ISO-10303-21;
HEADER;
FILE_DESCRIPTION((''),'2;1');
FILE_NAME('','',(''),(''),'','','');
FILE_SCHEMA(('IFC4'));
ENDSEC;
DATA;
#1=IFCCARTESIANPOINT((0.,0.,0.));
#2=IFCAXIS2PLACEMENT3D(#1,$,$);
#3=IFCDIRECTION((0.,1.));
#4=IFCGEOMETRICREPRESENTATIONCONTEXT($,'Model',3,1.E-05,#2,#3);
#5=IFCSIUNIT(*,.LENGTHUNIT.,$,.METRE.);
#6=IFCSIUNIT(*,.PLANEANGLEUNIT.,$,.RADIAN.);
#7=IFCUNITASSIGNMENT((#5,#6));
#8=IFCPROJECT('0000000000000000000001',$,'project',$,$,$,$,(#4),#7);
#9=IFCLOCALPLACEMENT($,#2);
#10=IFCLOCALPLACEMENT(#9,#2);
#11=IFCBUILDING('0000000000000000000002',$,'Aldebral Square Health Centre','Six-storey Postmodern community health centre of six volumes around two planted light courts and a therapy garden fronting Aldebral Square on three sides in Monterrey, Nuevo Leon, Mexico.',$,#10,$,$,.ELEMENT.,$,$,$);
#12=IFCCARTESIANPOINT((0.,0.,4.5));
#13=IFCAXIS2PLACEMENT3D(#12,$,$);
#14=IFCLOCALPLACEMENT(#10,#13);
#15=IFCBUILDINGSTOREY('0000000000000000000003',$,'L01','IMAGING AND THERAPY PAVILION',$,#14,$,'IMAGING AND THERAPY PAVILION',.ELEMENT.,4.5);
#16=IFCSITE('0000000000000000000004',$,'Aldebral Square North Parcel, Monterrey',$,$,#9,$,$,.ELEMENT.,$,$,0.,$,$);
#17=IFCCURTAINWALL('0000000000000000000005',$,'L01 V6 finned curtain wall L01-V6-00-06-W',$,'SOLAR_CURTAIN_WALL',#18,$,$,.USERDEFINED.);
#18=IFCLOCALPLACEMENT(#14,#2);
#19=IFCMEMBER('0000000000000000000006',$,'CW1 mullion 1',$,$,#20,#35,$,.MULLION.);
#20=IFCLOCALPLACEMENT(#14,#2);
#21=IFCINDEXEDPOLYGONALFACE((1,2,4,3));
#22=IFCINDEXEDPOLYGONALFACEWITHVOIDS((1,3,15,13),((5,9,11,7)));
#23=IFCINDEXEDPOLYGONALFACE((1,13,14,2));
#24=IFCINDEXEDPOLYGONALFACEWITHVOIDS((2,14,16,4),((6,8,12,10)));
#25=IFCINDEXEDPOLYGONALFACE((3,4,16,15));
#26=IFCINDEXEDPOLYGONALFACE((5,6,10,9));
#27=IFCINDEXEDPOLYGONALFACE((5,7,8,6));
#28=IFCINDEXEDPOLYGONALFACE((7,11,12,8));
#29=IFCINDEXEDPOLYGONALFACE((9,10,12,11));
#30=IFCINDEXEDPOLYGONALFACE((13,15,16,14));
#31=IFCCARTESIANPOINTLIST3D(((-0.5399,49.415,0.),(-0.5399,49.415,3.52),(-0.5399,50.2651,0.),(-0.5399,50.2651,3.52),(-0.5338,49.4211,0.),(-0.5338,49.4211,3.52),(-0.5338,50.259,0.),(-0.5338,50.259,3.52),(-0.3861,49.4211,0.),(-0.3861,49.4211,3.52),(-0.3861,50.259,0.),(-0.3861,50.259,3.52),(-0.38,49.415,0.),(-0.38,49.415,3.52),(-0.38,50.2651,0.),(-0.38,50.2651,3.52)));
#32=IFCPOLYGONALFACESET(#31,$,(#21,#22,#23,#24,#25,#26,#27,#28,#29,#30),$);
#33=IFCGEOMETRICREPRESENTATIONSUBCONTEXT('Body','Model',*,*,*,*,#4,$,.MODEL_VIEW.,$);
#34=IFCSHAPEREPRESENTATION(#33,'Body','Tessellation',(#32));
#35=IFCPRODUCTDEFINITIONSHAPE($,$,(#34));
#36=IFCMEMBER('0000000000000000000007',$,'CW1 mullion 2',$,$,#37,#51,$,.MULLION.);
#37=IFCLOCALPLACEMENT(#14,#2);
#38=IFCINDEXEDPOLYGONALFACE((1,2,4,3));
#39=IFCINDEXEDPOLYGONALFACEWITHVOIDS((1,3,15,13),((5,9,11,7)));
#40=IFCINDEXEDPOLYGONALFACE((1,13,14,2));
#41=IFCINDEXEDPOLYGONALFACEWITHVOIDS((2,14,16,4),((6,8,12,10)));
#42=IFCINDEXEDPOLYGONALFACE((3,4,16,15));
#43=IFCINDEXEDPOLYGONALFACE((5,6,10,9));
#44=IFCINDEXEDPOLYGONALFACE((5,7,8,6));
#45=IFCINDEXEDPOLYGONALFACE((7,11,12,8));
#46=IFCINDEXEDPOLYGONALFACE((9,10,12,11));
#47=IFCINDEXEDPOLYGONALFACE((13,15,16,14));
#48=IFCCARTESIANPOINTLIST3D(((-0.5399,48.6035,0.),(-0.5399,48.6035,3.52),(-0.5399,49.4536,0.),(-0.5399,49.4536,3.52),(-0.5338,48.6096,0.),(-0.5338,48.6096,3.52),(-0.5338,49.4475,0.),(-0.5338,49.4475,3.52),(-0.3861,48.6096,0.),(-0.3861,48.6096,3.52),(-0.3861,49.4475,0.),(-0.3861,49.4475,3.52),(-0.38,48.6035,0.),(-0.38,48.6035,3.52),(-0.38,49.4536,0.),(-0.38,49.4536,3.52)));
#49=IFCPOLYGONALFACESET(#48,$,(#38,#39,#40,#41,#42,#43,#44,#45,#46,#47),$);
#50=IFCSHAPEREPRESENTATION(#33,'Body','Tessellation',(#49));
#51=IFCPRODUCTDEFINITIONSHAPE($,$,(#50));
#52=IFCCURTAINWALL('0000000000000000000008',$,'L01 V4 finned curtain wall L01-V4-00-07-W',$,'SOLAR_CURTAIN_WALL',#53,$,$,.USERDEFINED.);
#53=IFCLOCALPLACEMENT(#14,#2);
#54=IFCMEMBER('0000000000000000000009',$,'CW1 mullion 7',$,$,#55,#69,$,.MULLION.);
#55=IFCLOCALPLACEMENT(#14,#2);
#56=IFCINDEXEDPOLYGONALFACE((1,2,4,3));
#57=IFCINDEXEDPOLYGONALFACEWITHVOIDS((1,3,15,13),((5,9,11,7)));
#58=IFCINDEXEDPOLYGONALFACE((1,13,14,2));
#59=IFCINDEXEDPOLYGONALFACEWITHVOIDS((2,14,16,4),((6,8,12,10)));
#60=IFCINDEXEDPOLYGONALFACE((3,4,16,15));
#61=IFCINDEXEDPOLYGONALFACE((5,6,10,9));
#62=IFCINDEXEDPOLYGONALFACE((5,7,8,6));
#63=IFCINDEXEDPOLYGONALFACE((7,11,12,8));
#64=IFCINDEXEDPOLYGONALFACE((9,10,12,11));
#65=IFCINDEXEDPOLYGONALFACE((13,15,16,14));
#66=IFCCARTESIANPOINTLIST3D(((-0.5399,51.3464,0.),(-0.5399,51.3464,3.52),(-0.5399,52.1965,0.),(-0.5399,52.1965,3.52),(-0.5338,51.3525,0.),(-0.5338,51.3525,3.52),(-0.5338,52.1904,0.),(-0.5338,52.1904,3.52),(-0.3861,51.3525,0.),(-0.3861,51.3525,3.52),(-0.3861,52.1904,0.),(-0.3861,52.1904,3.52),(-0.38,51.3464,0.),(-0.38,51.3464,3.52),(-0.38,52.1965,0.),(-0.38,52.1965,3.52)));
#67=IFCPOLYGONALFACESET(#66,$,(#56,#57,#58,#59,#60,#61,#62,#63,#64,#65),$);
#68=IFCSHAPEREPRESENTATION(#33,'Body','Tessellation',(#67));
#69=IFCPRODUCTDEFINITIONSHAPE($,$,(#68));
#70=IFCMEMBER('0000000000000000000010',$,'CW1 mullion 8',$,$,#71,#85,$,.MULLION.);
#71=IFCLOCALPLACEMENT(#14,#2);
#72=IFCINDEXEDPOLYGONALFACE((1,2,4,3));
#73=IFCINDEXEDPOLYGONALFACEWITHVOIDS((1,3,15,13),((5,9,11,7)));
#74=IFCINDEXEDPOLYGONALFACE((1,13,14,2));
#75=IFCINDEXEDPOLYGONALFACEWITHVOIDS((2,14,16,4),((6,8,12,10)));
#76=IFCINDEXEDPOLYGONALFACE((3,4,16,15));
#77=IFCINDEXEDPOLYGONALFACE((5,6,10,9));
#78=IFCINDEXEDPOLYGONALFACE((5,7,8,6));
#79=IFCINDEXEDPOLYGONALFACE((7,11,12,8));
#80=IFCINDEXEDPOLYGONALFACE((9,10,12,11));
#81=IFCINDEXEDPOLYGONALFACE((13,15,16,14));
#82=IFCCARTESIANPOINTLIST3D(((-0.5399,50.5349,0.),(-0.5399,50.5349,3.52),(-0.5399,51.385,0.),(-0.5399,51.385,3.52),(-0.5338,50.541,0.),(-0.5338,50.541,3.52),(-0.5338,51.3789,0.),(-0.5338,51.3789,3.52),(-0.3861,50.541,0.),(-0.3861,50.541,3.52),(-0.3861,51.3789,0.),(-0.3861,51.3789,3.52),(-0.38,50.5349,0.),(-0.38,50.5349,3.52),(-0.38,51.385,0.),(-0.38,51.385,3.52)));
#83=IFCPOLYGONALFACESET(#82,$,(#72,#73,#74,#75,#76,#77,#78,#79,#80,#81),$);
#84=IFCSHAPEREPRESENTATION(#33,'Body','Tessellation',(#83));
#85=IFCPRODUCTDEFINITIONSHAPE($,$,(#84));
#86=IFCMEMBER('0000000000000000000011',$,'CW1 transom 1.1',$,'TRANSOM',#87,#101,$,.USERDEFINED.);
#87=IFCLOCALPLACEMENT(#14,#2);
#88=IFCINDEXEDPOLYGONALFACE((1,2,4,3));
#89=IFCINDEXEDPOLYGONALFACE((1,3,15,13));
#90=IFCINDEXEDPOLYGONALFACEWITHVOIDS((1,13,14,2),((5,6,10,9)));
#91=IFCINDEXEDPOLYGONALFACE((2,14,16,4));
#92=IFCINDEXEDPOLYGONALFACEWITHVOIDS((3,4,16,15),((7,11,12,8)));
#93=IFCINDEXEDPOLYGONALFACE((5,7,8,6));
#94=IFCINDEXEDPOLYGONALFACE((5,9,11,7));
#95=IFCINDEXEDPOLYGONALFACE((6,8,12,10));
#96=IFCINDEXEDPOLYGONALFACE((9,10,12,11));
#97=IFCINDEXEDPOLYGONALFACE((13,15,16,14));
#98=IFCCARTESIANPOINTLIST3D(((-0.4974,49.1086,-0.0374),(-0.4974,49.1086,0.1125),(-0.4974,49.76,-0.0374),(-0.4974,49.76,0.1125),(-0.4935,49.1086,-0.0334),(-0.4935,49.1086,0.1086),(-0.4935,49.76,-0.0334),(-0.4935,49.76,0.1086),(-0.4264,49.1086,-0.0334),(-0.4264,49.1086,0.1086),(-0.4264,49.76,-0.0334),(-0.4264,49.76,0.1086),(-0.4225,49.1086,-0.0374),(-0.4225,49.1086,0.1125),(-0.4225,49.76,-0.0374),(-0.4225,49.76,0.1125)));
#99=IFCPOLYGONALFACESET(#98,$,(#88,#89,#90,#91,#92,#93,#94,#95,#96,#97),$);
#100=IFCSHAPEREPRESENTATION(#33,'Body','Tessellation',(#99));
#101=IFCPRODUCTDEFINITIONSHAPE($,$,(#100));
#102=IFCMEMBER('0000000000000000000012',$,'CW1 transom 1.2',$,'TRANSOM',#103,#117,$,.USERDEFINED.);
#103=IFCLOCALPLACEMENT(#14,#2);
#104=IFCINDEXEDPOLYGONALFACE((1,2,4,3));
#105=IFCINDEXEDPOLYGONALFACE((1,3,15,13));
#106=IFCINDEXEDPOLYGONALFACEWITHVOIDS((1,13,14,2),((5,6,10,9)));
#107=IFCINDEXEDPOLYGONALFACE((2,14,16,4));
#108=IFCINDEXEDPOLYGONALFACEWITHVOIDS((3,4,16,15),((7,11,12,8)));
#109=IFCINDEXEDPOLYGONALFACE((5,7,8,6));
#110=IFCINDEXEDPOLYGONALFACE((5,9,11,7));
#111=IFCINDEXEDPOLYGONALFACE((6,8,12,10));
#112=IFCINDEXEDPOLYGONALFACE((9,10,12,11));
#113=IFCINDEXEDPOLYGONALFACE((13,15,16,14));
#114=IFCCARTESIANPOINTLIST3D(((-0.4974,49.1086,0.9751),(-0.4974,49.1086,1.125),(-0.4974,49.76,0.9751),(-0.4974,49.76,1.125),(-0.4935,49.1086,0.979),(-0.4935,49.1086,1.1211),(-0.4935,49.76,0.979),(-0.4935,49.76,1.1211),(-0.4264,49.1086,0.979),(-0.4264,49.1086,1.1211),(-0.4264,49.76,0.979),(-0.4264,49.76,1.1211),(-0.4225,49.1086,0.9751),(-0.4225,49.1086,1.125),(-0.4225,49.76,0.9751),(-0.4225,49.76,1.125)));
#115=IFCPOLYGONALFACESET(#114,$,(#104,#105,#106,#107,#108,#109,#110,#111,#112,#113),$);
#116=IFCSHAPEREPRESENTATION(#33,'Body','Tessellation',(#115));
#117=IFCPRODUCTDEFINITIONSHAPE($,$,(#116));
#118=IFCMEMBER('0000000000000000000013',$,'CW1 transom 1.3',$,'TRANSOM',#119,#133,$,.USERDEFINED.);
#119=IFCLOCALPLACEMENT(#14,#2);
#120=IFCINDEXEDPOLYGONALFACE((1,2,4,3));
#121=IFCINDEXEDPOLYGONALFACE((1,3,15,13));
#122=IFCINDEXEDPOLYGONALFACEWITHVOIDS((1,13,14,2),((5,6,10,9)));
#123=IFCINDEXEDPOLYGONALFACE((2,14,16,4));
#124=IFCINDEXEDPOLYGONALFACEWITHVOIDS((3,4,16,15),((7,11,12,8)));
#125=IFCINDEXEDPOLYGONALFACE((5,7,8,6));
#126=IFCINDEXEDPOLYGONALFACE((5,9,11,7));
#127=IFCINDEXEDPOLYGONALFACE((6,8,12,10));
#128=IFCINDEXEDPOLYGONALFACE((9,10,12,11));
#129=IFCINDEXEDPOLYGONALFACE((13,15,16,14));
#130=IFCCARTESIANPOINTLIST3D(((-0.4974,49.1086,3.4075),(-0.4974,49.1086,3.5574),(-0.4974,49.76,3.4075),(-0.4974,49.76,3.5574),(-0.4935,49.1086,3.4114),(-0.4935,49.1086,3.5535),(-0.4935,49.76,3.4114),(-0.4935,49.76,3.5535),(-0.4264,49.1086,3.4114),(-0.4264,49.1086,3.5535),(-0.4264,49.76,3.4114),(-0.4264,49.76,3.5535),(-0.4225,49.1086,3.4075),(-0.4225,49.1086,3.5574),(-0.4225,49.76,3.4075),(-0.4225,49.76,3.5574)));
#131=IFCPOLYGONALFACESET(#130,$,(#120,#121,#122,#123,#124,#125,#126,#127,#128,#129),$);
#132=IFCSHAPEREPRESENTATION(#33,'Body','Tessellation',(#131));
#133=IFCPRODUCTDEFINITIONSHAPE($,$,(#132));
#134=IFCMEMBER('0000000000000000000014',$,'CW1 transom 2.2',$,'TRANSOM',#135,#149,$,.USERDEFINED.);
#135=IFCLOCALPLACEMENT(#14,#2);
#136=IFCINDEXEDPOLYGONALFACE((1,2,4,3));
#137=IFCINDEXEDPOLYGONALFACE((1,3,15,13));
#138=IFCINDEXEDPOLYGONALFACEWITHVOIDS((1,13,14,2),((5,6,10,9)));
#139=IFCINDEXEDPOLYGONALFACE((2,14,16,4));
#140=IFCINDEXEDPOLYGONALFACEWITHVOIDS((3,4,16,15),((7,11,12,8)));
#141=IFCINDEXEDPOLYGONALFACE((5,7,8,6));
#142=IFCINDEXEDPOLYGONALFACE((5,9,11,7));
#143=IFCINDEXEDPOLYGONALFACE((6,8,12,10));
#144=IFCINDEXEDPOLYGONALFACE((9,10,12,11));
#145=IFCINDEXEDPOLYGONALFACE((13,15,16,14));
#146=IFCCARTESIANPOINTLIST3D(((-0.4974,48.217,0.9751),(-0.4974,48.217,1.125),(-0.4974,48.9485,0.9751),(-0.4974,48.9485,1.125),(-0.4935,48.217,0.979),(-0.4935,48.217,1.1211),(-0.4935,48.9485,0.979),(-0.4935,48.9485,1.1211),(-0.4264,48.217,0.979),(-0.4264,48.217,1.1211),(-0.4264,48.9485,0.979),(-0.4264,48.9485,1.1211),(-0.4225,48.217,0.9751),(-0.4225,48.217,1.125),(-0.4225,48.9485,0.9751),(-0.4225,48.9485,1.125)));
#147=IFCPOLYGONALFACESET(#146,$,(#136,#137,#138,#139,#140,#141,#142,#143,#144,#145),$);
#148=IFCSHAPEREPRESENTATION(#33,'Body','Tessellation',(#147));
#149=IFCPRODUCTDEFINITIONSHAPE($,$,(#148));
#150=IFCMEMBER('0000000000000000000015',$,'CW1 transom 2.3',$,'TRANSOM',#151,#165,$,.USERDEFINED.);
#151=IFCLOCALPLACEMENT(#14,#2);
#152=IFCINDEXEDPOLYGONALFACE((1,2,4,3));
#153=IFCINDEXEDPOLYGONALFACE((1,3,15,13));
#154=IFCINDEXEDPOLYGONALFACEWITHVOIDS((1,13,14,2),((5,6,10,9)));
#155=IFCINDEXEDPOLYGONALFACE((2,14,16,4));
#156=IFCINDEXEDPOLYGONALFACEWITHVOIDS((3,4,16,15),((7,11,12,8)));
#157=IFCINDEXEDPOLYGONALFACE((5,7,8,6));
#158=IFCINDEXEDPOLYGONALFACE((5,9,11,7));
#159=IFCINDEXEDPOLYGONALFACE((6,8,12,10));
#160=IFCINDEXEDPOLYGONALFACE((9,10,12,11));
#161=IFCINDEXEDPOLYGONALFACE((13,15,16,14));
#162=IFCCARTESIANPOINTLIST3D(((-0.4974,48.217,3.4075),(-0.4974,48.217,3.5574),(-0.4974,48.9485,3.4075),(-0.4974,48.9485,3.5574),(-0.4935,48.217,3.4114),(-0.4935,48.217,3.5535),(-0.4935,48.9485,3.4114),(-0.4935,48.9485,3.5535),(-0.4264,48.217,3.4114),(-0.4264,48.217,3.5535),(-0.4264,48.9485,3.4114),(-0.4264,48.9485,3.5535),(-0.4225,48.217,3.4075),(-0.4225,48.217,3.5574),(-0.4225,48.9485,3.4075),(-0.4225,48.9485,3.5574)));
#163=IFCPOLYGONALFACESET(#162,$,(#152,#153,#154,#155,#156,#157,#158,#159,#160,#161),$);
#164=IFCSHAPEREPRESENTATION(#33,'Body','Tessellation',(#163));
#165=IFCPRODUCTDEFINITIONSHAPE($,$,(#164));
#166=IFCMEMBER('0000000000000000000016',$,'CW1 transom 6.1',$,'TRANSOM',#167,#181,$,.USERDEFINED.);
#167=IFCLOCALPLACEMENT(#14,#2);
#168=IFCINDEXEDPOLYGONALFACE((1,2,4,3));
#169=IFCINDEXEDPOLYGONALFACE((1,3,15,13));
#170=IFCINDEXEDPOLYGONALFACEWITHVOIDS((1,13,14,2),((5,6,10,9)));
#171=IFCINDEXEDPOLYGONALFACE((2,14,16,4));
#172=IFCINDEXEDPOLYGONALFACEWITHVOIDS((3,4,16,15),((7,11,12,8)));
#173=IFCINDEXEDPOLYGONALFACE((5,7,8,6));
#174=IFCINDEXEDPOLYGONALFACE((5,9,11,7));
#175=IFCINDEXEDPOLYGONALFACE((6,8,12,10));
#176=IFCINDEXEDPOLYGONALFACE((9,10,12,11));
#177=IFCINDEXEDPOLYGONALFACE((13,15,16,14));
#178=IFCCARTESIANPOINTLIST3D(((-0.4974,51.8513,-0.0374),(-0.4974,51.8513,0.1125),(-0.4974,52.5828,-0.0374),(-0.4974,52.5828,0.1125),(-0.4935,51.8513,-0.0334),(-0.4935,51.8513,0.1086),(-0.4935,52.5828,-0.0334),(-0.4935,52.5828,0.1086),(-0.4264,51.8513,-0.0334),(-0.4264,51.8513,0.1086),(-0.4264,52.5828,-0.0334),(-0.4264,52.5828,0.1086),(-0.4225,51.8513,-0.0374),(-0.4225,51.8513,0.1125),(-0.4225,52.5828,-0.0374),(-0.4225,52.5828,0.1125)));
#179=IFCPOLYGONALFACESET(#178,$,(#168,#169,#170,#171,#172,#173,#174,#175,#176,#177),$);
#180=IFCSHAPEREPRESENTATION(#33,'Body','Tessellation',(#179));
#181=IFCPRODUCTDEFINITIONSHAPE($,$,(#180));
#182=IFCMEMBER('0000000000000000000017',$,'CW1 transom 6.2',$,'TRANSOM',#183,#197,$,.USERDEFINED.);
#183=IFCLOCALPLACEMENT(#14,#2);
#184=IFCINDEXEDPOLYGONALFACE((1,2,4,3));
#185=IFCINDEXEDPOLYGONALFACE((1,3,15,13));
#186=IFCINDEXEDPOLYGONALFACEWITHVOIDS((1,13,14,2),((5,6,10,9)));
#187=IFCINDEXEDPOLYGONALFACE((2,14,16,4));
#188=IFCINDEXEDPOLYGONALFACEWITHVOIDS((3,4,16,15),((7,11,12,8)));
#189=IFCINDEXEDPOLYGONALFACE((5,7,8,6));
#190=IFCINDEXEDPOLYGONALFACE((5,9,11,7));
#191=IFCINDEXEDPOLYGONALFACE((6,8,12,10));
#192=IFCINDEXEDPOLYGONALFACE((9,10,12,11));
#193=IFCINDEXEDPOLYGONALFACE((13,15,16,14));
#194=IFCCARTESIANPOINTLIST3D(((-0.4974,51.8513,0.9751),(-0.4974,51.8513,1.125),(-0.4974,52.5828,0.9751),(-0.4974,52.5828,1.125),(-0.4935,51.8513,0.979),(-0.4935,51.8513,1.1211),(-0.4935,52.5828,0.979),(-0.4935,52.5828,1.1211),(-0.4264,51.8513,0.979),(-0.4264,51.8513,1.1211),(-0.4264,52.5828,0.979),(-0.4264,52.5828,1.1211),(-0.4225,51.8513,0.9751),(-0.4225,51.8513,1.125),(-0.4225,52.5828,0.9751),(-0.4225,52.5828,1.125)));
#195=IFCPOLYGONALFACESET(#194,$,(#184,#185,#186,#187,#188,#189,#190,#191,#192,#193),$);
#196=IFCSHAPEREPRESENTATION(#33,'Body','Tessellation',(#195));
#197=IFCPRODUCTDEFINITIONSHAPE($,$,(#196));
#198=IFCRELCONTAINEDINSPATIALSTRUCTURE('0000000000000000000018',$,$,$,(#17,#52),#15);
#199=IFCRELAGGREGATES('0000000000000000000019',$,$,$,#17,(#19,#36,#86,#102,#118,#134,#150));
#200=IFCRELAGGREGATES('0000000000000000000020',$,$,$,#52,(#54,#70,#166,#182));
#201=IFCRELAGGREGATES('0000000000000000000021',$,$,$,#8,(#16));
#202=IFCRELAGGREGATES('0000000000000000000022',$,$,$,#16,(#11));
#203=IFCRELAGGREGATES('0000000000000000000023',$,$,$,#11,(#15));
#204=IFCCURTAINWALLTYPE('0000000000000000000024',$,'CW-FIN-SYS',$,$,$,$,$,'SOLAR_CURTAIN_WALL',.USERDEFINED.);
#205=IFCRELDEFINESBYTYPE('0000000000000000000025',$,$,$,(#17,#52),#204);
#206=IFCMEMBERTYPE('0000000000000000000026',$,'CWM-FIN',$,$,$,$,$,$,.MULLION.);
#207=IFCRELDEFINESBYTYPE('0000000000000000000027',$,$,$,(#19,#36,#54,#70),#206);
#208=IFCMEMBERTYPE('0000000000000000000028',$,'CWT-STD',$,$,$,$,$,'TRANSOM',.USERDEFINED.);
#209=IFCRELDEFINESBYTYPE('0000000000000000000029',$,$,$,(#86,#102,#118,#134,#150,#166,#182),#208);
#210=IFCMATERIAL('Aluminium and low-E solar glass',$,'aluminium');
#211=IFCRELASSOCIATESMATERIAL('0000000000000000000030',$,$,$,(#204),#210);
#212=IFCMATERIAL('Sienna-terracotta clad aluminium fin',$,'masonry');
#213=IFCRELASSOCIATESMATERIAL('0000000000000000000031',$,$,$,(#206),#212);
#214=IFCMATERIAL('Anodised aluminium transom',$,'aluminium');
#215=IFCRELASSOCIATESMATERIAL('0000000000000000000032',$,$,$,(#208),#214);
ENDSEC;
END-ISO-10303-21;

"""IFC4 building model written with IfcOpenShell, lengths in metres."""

from ifc_helpers import new_model, si_unit, direction, frame, origin, origin_2d, place, context, subcontext, project, spatial, hollow_rectangle, extrude, material, material_profile, profile_set, type_object, element, aggregate, save


model = new_model("IFC4")

# Units and contexts
model_context = context("Model", 3, precision=1e-05, world=origin(), true_north=direction((0.0, 1.0)))
body_context = subcontext(model_context, "Body", "Model", "MODEL_VIEW")
ifc_project = project(units=[si_unit("LENGTHUNIT", "METRE"), si_unit("PLANEANGLEUNIT", "RADIAN")], contexts=[model_context])

# Site, building, storey
site_placement = place(None, origin())
site = spatial("IfcSite", under=ifc_project, at=site_placement, Name="Aldebral Square North Parcel, Monterrey", CompositionType="ELEMENT", RefElevation=0.0)
building_placement = place(site_placement, origin())
building = spatial("IfcBuilding", under=site, at=building_placement, Name="Aldebral Square Health Centre", Description="Six-storey Postmodern community health centre of six volumes around two planted light courts and a therapy garden fronting Aldebral Square on three sides in Monterrey, Nuevo Leon, Mexico.", CompositionType="ELEMENT")
storey_placement = place(building_placement, frame((0.0, 0.0, 4.5)))
storey = spatial("IfcBuildingStorey", under=building, at=storey_placement, Name="L01", Description="IMAGING AND THERAPY PAVILION", LongName="IMAGING AND THERAPY PAVILION", CompositionType="ELEMENT", Elevation=4.5)

# Curtain walls, members
ifc_material_1 = material(Name="Aluminium and low-E solar glass", Category="aluminium")
curtain_wall_type = type_object("IfcCurtainWallType", Name="CW-FIN-SYS", ElementType="SOLAR_CURTAIN_WALL", PredefinedType="USERDEFINED", material=ifc_material_1)
curtain_wall_1_placement = place(storey_placement, origin())
curtain_wall_1 = element("IfcCurtainWall", 1, at=curtain_wall_1_placement, inside=storey, type_object=curtain_wall_type, Name="L01 V6 finned curtain wall L01-V6-00-06-W", ObjectType="SOLAR_CURTAIN_WALL", PredefinedType="USERDEFINED")
ifc_material_2 = material(Name="Sienna-terracotta clad aluminium fin", Category="masonry")
ifc_material_profile_1 = material_profile(ifc_material_2, hollow_rectangle(XDim=0.1599, YDim=0.8501, WallThickness=0.0061, at=origin_2d()), Name="FIN 160x850x6")
ifc_profile_set_1 = profile_set([ifc_material_profile_1], Name="Sienna-terracotta clad aluminium fin")
member_type_1 = type_object("IfcMemberType", Name="CWM-FIN", PredefinedType="MULLION", material=ifc_profile_set_1)
member_1_placement = place(storey_placement, frame((-0.46, 49.8401, 0.0), z_axis=(0.0, 0.0, 1.0), x_axis=(1.0, 0.0, 0.0)))
member_1 = element("IfcMember", 2, at=member_1_placement, type_object=member_type_1, Name="CW1 mullion 1", PredefinedType="MULLION", context=body_context, shape_type="SweptSolid", body=[
    extrude(hollow_rectangle(XDim=0.1599, YDim=0.8501, WallThickness=0.0061, at=origin_2d()), origin(), (0.0, 0.0, 1.0), 3.52),
])
member_2_placement = place(storey_placement, frame((-0.46, 49.0286, 0.0), z_axis=(0.0, 0.0, 1.0), x_axis=(1.0, 0.0, 0.0)))
member_2 = element("IfcMember", 3, at=member_2_placement, type_object=member_type_1, Name="CW1 mullion 2", PredefinedType="MULLION", context=body_context, shape_type="SweptSolid", body=[
    extrude(hollow_rectangle(XDim=0.1599, YDim=0.8501, WallThickness=0.0061, at=origin_2d()), origin(), (0.0, 0.0, 1.0), 3.52),
])
curtain_wall_2_placement = place(storey_placement, origin())
curtain_wall_2 = element("IfcCurtainWall", 4, at=curtain_wall_2_placement, inside=storey, type_object=curtain_wall_type, Name="L01 V4 finned curtain wall L01-V4-00-07-W", ObjectType="SOLAR_CURTAIN_WALL", PredefinedType="USERDEFINED")
member_3_placement = place(storey_placement, frame((-0.46, 51.7715, 0.0), z_axis=(0.0, 0.0, 1.0), x_axis=(1.0, 0.0, 0.0)))
member_3 = element("IfcMember", 5, at=member_3_placement, type_object=member_type_1, Name="CW1 mullion 7", PredefinedType="MULLION", context=body_context, shape_type="SweptSolid", body=[
    extrude(hollow_rectangle(XDim=0.1599, YDim=0.8501, WallThickness=0.0061, at=origin_2d()), origin(), (0.0, 0.0, 1.0), 3.52),
])
member_4_placement = place(storey_placement, frame((-0.46, 50.96, 0.0), z_axis=(0.0, 0.0, 1.0), x_axis=(1.0, 0.0, 0.0)))
member_4 = element("IfcMember", 6, at=member_4_placement, type_object=member_type_1, Name="CW1 mullion 8", PredefinedType="MULLION", context=body_context, shape_type="SweptSolid", body=[
    extrude(hollow_rectangle(XDim=0.1599, YDim=0.8501, WallThickness=0.0061, at=origin_2d()), origin(), (0.0, 0.0, 1.0), 3.52),
])

# Members
ifc_material_3 = material(Name="Anodised aluminium transom", Category="aluminium")
ifc_material_profile_2 = material_profile(ifc_material_3, hollow_rectangle(XDim=0.075, YDim=0.1499, WallThickness=0.0039, at=origin_2d()), Name="CWT 75x150x4")
ifc_profile_set_2 = profile_set([ifc_material_profile_2], Name="Anodised aluminium transom")
member_type_2 = type_object("IfcMemberType", Name="CWT-STD", ElementType="TRANSOM", PredefinedType="USERDEFINED", material=ifc_profile_set_2)
member_5_placement = place(storey_placement, frame((-0.46, 49.76, 0.0376), z_axis=(0.0, -1.0, 0.0), x_axis=(1.0, 0.0, 0.0)))
member_5 = element("IfcMember", 7, at=member_5_placement, type_object=member_type_2, Name="CW1 transom 1.1", ObjectType="TRANSOM", PredefinedType="USERDEFINED", context=body_context, shape_type="SweptSolid", body=[
    extrude(hollow_rectangle(XDim=0.075, YDim=0.1499, WallThickness=0.0039, at=origin_2d()), origin(), (0.0, 0.0, 1.0), 0.6514),
])
member_6_placement = place(storey_placement, frame((-0.46, 49.76, 1.05), z_axis=(0.0, -1.0, 0.0), x_axis=(1.0, 0.0, 0.0)))
member_6 = element("IfcMember", 8, at=member_6_placement, type_object=member_type_2, Name="CW1 transom 1.2", ObjectType="TRANSOM", PredefinedType="USERDEFINED", context=body_context, shape_type="SweptSolid", body=[
    extrude(hollow_rectangle(XDim=0.075, YDim=0.1499, WallThickness=0.0039, at=origin_2d()), origin(), (0.0, 0.0, 1.0), 0.6514),
])
member_7_placement = place(storey_placement, frame((-0.46, 49.76, 3.4824), z_axis=(0.0, -1.0, 0.0), x_axis=(1.0, 0.0, 0.0)))
member_7 = element("IfcMember", 9, at=member_7_placement, type_object=member_type_2, Name="CW1 transom 1.3", ObjectType="TRANSOM", PredefinedType="USERDEFINED", context=body_context, shape_type="SweptSolid", body=[
    extrude(hollow_rectangle(XDim=0.075, YDim=0.1499, WallThickness=0.0039, at=origin_2d()), origin(), (0.0, 0.0, 1.0), 0.6514),
])
member_8_placement = place(storey_placement, frame((-0.46, 48.9485, 1.05), z_axis=(0.0, -1.0, 0.0), x_axis=(1.0, 0.0, 0.0)))
member_8 = element("IfcMember", 10, at=member_8_placement, type_object=member_type_2, Name="CW1 transom 2.2", ObjectType="TRANSOM", PredefinedType="USERDEFINED", context=body_context, shape_type="SweptSolid", body=[
    extrude(hollow_rectangle(XDim=0.075, YDim=0.1499, WallThickness=0.0039, at=origin_2d()), origin(), (0.0, 0.0, 1.0), 0.7314),
])
member_9_placement = place(storey_placement, frame((-0.46, 48.9485, 3.4824), z_axis=(0.0, -1.0, 0.0), x_axis=(1.0, 0.0, 0.0)))
member_9 = element("IfcMember", 11, at=member_9_placement, type_object=member_type_2, Name="CW1 transom 2.3", ObjectType="TRANSOM", PredefinedType="USERDEFINED", context=body_context, shape_type="SweptSolid", body=[
    extrude(hollow_rectangle(XDim=0.075, YDim=0.1499, WallThickness=0.0039, at=origin_2d()), origin(), (0.0, 0.0, 1.0), 0.7314),
])
member_10_placement = place(storey_placement, frame((-0.46, 52.5828, 0.0376), z_axis=(0.0, -1.0, 0.0), x_axis=(1.0, 0.0, 0.0)))
member_10 = element("IfcMember", 12, at=member_10_placement, type_object=member_type_2, Name="CW1 transom 6.1", ObjectType="TRANSOM", PredefinedType="USERDEFINED", context=body_context, shape_type="SweptSolid", body=[
    extrude(hollow_rectangle(XDim=0.075, YDim=0.1499, WallThickness=0.0039, at=origin_2d()), origin(), (0.0, 0.0, 1.0), 0.7314),
])
member_11_placement = place(storey_placement, frame((-0.46, 52.5828, 1.05), z_axis=(0.0, -1.0, 0.0), x_axis=(1.0, 0.0, 0.0)))
member_11 = element("IfcMember", 13, at=member_11_placement, type_object=member_type_2, Name="CW1 transom 6.2", ObjectType="TRANSOM", PredefinedType="USERDEFINED", context=body_context, shape_type="SweptSolid", body=[
    extrude(hollow_rectangle(XDim=0.075, YDim=0.1499, WallThickness=0.0039, at=origin_2d()), origin(), (0.0, 0.0, 1.0), 0.7314),
])

aggregate(curtain_wall_1, [member_1, member_2, member_5, member_6, member_7, member_8, member_9])
aggregate(curtain_wall_2, [member_3, member_4, member_10, member_11])

save(model, "model.ifc")
